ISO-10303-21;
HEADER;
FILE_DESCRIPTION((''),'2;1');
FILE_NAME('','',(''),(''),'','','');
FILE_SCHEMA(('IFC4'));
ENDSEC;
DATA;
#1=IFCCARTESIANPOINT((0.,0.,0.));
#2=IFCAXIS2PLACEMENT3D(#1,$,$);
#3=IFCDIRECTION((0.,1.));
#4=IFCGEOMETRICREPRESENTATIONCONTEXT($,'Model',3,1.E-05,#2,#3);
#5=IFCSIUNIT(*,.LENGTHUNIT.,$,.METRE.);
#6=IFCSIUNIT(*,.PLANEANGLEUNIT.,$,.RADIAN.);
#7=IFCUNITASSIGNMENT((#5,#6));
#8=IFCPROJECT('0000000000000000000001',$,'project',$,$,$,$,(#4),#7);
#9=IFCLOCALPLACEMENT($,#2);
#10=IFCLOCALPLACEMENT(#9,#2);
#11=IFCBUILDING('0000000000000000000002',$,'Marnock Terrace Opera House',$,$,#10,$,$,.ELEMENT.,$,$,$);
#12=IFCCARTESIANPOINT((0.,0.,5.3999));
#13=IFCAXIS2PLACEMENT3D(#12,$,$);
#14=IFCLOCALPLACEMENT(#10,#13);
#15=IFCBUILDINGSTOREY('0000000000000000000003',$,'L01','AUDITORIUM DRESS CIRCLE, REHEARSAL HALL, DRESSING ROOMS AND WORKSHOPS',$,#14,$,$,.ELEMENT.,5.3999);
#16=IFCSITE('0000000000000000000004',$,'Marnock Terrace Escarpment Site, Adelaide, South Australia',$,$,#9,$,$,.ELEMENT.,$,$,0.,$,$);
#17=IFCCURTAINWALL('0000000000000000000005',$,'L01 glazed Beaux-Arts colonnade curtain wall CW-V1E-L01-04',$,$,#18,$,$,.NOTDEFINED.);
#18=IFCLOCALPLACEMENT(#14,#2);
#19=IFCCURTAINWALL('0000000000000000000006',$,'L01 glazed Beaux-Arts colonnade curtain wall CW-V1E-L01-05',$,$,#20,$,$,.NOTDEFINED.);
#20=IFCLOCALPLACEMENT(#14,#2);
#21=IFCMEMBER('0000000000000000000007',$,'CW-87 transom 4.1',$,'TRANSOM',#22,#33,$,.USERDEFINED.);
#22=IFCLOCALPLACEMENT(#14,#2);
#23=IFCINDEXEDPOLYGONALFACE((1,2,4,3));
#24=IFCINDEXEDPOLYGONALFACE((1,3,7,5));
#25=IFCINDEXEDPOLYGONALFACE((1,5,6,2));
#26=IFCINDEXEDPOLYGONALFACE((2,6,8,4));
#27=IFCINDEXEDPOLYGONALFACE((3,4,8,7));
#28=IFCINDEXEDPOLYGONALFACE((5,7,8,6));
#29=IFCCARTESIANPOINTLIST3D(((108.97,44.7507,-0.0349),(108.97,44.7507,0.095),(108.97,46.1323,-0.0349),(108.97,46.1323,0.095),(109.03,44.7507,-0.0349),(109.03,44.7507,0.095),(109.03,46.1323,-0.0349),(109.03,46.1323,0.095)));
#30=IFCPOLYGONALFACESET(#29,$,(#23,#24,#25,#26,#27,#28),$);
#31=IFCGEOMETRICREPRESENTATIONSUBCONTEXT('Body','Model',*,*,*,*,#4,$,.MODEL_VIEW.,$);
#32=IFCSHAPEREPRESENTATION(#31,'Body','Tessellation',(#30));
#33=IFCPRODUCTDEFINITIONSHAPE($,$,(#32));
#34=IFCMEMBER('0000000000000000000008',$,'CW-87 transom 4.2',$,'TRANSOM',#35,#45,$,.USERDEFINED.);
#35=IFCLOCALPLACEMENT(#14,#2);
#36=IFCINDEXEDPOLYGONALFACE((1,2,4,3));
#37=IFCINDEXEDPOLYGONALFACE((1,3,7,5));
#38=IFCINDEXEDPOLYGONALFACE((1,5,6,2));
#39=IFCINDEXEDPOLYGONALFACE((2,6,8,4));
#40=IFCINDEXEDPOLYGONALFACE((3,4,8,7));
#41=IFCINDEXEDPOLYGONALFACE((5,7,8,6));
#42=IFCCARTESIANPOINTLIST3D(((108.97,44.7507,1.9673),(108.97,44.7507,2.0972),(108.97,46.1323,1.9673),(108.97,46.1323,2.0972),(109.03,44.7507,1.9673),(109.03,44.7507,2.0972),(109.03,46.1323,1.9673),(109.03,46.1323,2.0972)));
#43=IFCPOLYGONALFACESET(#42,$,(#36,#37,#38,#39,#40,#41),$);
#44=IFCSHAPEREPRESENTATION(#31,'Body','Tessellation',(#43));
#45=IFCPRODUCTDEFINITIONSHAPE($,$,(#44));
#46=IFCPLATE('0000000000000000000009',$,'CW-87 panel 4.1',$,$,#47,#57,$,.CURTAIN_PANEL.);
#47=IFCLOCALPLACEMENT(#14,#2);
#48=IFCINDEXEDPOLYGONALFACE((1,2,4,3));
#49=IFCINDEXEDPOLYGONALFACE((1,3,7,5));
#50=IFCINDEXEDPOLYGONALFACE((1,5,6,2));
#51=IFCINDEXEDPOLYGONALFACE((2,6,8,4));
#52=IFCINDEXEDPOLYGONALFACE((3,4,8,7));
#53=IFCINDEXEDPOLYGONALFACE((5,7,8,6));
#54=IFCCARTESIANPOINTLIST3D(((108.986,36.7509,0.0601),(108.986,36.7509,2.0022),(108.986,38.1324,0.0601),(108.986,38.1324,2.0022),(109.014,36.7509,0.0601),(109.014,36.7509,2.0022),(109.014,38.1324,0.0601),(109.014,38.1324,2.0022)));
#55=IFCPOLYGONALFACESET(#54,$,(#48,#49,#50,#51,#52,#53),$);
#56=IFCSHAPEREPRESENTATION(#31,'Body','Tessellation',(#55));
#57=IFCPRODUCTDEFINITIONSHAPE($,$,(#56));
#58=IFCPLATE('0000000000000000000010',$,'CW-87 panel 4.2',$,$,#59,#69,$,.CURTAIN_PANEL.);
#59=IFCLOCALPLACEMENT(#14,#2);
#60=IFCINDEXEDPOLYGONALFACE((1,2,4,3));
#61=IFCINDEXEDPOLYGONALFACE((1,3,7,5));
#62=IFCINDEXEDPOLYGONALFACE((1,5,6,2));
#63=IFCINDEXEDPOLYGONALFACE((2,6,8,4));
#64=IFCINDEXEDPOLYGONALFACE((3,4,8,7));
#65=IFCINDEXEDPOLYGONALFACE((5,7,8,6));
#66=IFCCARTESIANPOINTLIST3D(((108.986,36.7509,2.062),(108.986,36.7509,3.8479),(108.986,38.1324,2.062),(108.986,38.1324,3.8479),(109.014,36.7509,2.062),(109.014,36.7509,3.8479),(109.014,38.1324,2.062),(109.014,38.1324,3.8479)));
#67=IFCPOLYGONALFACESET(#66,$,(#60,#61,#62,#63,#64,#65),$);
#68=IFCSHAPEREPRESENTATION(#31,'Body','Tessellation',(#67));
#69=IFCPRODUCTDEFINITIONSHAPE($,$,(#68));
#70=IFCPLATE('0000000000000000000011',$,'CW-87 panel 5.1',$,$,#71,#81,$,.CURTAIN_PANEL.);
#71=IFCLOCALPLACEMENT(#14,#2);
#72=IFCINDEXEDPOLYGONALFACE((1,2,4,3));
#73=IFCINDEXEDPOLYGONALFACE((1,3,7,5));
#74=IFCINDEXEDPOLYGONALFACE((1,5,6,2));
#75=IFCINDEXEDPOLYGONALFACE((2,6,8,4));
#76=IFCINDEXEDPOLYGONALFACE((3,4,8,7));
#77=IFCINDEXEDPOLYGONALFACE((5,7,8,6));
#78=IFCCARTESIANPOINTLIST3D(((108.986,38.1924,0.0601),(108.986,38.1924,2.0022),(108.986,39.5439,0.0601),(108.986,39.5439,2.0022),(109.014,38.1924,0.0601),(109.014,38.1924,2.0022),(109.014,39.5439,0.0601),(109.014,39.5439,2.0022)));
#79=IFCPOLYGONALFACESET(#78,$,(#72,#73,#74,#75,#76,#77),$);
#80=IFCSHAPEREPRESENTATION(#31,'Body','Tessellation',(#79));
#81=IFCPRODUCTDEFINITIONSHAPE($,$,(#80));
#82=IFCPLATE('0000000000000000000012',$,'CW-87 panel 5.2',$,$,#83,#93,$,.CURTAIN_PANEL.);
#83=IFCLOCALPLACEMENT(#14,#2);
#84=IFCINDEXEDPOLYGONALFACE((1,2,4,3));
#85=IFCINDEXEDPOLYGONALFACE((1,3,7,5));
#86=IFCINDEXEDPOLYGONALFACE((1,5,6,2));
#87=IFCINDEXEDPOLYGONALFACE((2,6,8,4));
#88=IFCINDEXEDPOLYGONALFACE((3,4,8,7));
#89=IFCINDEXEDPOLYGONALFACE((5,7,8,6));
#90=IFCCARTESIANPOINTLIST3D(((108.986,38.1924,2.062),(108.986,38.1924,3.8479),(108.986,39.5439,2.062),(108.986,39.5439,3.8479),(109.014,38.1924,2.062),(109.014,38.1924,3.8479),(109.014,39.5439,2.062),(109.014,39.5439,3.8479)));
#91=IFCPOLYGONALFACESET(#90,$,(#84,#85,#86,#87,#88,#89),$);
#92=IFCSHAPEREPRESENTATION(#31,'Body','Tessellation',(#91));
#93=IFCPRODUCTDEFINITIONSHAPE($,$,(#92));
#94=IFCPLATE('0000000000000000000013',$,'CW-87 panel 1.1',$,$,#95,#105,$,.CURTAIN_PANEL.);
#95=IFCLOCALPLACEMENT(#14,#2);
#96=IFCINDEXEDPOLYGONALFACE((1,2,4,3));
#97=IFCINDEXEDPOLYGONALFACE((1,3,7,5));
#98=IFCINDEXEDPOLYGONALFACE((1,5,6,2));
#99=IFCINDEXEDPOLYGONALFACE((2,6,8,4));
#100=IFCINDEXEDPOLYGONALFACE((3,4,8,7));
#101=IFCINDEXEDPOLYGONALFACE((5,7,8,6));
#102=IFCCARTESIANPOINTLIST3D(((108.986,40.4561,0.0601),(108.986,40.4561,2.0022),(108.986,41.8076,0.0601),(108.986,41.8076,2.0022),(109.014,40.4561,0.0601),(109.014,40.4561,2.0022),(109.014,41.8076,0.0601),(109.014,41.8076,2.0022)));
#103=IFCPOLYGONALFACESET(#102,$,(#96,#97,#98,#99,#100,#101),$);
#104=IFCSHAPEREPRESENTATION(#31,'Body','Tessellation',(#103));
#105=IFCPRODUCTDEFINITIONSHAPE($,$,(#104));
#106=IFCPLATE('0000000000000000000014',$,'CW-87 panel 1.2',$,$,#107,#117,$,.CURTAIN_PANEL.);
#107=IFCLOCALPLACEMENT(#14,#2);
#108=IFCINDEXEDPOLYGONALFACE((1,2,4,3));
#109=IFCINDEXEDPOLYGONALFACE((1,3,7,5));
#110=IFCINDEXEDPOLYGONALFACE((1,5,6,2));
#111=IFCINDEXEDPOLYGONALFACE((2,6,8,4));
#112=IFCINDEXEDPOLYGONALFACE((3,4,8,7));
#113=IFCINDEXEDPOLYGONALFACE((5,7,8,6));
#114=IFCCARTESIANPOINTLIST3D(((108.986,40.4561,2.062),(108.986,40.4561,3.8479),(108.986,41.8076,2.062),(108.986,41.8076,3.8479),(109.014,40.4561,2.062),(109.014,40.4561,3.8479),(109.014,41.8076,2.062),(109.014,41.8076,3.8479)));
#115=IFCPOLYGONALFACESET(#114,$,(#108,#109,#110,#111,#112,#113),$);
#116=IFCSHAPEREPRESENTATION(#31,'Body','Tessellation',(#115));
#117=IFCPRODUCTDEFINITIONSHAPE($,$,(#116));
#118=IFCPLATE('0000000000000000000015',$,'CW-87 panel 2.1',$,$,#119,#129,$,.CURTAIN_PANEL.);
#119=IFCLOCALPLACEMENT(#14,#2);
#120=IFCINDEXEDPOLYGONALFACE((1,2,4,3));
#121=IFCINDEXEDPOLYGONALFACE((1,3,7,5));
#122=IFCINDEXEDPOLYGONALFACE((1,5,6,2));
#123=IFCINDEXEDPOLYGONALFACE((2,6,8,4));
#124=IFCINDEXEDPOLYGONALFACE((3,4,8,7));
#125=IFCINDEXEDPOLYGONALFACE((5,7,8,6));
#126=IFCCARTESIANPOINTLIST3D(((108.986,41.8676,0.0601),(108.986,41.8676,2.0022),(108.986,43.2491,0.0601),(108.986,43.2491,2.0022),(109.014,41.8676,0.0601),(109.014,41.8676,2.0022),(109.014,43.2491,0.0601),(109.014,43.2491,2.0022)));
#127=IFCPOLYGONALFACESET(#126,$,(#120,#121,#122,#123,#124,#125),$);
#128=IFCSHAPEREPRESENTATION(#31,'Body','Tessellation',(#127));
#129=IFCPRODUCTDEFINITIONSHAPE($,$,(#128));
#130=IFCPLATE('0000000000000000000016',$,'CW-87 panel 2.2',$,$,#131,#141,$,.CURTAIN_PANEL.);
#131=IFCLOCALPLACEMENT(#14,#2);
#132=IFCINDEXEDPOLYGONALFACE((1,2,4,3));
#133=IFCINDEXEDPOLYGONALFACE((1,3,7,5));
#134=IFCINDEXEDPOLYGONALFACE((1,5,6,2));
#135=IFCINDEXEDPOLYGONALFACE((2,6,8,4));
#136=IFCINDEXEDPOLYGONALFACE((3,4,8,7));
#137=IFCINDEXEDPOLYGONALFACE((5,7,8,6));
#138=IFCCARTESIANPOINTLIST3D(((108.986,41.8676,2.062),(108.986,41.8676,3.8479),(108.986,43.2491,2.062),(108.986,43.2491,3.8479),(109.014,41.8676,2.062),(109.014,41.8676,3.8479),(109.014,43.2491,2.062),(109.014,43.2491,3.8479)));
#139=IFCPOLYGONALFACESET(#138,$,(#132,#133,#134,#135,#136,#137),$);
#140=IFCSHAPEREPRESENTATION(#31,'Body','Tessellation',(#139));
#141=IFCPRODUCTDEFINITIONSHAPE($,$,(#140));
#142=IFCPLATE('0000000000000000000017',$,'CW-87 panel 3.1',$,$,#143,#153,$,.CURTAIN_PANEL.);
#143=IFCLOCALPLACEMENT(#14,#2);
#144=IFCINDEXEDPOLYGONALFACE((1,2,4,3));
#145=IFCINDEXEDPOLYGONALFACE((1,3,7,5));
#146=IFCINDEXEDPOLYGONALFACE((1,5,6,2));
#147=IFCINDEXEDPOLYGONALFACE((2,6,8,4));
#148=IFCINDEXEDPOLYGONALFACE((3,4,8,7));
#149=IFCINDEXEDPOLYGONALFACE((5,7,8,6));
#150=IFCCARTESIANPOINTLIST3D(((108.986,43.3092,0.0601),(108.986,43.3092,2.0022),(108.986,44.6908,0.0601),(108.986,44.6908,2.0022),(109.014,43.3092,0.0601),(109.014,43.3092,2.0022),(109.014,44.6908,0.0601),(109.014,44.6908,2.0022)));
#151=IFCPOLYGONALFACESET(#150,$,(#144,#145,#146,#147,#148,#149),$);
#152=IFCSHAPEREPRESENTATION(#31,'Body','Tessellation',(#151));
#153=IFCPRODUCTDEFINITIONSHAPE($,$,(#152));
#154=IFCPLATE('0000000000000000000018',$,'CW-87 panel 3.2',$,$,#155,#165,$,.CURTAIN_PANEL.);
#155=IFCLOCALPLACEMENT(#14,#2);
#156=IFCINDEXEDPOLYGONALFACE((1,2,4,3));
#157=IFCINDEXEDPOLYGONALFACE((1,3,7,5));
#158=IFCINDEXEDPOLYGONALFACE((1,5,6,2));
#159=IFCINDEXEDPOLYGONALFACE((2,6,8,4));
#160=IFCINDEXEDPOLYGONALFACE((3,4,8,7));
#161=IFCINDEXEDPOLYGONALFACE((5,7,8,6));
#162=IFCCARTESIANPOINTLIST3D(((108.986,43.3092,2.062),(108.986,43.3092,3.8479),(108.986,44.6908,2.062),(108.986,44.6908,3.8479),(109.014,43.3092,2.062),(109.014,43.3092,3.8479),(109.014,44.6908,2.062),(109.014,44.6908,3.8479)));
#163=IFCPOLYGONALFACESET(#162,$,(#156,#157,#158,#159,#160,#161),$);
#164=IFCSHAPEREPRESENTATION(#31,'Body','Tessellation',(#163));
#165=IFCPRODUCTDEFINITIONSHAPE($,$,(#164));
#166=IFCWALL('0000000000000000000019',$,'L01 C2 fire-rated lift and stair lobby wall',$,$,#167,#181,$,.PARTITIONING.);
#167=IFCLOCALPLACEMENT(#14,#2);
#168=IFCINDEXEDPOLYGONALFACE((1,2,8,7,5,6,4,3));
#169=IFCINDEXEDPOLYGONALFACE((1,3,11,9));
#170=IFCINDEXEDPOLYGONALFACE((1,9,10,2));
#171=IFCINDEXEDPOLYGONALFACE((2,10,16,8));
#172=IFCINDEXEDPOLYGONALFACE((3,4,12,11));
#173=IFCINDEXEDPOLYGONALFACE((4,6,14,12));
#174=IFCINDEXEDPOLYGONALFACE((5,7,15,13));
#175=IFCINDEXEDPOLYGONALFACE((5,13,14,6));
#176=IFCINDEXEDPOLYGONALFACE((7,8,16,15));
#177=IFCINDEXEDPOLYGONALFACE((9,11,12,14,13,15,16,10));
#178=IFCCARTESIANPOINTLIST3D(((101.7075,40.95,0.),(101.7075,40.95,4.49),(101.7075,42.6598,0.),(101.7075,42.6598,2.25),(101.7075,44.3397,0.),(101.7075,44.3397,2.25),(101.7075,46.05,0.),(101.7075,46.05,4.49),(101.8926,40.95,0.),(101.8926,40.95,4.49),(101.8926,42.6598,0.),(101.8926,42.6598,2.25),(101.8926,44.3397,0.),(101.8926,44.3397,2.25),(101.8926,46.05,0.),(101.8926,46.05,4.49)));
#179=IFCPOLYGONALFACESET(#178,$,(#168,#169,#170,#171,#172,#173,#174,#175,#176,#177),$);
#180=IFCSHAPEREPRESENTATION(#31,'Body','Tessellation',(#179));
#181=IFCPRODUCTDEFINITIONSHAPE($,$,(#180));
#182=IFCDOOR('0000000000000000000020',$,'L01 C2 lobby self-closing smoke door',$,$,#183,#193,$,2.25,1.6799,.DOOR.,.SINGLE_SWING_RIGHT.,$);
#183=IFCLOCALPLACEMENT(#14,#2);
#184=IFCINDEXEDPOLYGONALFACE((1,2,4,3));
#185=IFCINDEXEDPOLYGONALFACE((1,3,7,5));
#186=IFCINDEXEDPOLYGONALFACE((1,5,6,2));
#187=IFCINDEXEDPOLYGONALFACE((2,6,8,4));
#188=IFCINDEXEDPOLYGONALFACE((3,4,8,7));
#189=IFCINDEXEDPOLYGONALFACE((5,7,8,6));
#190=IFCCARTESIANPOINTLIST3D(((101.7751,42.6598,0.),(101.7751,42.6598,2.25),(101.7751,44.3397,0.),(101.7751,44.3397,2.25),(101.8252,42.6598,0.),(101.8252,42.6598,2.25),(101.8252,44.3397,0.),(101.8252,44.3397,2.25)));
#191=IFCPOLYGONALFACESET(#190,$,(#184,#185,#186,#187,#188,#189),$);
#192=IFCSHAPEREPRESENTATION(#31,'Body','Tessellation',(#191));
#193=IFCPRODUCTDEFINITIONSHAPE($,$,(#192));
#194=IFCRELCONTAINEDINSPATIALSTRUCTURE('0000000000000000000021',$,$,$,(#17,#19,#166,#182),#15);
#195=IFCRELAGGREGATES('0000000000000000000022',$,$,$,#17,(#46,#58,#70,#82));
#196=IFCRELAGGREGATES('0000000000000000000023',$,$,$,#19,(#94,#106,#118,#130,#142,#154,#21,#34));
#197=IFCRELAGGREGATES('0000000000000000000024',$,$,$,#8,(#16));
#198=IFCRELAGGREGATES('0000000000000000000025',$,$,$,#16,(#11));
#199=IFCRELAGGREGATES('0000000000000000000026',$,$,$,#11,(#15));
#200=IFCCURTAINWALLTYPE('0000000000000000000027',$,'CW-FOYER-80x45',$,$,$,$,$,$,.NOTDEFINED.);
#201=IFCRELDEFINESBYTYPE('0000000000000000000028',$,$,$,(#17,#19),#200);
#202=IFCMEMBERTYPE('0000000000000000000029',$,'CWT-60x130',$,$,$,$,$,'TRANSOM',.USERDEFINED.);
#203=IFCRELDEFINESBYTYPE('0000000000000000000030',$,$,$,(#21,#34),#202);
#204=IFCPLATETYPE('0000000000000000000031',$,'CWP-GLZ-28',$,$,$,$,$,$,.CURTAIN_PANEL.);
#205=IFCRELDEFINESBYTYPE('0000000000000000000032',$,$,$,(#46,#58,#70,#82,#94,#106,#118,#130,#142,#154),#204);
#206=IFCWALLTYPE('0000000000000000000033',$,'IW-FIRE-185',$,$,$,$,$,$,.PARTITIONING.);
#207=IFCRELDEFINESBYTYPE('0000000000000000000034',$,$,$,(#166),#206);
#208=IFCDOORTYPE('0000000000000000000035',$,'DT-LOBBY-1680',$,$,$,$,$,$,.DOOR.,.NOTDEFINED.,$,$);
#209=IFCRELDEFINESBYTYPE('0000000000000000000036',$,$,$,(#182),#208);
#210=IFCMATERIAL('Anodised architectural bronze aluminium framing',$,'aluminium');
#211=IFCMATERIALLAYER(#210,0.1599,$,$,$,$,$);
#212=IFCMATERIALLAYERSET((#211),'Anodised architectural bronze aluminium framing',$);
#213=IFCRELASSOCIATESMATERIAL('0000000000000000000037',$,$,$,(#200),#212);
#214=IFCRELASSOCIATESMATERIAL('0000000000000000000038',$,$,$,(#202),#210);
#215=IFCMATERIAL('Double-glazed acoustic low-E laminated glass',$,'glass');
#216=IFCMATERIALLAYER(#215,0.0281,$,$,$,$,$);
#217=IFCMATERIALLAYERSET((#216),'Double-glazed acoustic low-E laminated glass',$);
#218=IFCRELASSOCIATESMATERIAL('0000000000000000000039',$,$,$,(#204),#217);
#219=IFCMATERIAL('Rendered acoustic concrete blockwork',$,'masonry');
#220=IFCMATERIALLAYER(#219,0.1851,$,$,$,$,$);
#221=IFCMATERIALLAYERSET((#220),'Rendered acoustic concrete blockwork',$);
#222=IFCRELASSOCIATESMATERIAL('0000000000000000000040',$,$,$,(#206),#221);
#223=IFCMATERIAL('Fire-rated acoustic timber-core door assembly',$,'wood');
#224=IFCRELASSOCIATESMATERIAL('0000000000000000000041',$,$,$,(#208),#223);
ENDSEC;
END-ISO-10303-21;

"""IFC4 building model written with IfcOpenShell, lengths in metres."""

from ifc_helpers import new_model, si_unit, direction, frame, frame_2d, origin, origin_2d, place, context, subcontext, project, spatial, rectangle, extrude, material, layer, layer_set, material_profile, profile_set, type_object, element, fill, aggregate, save


model = new_model("IFC4")

# Units and contexts
model_context = context("Model", 3, precision=1e-05, world=origin(), true_north=direction((0.0, 1.0)))
body_context = subcontext(model_context, "Body", "Model", "MODEL_VIEW")
ifc_project = project(units=[si_unit("LENGTHUNIT", "METRE"), si_unit("PLANEANGLEUNIT", "RADIAN")], contexts=[model_context])

# Site, building, storey
site_placement = place(None, origin())
site = spatial("IfcSite", under=ifc_project, at=site_placement, Name="Marnock Terrace Escarpment Site, Adelaide, South Australia", CompositionType="ELEMENT", RefElevation=0.0)
building_placement = place(site_placement, origin())
building = spatial("IfcBuilding", under=site, at=building_placement, Name="Marnock Terrace Opera House", CompositionType="ELEMENT")
storey_placement = place(building_placement, frame((0.0, 0.0, 5.3999)))
storey = spatial("IfcBuildingStorey", under=building, at=storey_placement, Name="L01", Description="AUDITORIUM DRESS CIRCLE, REHEARSAL HALL, DRESSING ROOMS AND WORKSHOPS", CompositionType="ELEMENT", Elevation=5.3999)

# Curtain walls
ifc_material_1 = material(Name="Anodised architectural bronze aluminium framing", Category="aluminium")
ifc_layer_1 = layer(ifc_material_1, 0.1599)
ifc_layer_set_1 = layer_set([ifc_layer_1], Name="Anodised architectural bronze aluminium framing")
curtain_wall_type = type_object("IfcCurtainWallType", Name="CW-FOYER-80x45", PredefinedType="NOTDEFINED", material=ifc_layer_set_1)
curtain_wall_1_placement = place(storey_placement, origin())
curtain_wall_1 = element("IfcCurtainWall", 1, at=curtain_wall_1_placement, inside=storey, type_object=curtain_wall_type, Name="L01 glazed Beaux-Arts colonnade curtain wall CW-V1E-L01-04", PredefinedType="NOTDEFINED")
curtain_wall_2_placement = place(storey_placement, origin())
curtain_wall_2 = element("IfcCurtainWall", 2, at=curtain_wall_2_placement, inside=storey, type_object=curtain_wall_type, Name="L01 glazed Beaux-Arts colonnade curtain wall CW-V1E-L01-05", PredefinedType="NOTDEFINED")

# Members
ifc_material_profile_1 = material_profile(ifc_material_1, rectangle(XDim=0.0601, YDim=0.1299, at=origin_2d()))
ifc_profile_set_1 = profile_set([ifc_material_profile_1], Name="Anodised architectural bronze aluminium framing")
member_type_1 = type_object("IfcMemberType", Name="CWT-60x130", ElementType="TRANSOM", PredefinedType="USERDEFINED", material=ifc_profile_set_1)
member_1_placement = place(storey_placement, frame((109.0, 44.7507, 0.03), z_axis=(0.0, 1.0, 0.0), x_axis=(-1.0, 0.0, 0.0)))
member_1 = element("IfcMember", 3, at=member_1_placement, type_object=member_type_1, Name="CW-87 transom 4.1", ObjectType="TRANSOM", PredefinedType="USERDEFINED", context=body_context, shape_type="SweptSolid", body=[
    extrude(rectangle(XDim=0.0601, YDim=0.1299, at=origin_2d()), origin(), (0.0, 0.0, 1.0), 1.3816),
])
member_2_placement = place(storey_placement, frame((109.0, 44.7507, 2.0322), z_axis=(0.0, 1.0, 0.0), x_axis=(-1.0, 0.0, 0.0)))
member_2 = element("IfcMember", 4, at=member_2_placement, type_object=member_type_1, Name="CW-87 transom 4.2", ObjectType="TRANSOM", PredefinedType="USERDEFINED", context=body_context, shape_type="SweptSolid", body=[
    extrude(rectangle(XDim=0.0601, YDim=0.1299, at=origin_2d()), origin(), (0.0, 0.0, 1.0), 1.3816),
])

# Plates
ifc_material_2 = material(Name="Double-glazed acoustic low-E laminated glass", Category="glass")
ifc_layer_2 = layer(ifc_material_2, 0.0281)
ifc_layer_set_2 = layer_set([ifc_layer_2], Name="Double-glazed acoustic low-E laminated glass")
plate_type = type_object("IfcPlateType", Name="CWP-GLZ-28", PredefinedType="CURTAIN_PANEL", material=ifc_layer_set_2)
plate_1_placement = place(storey_placement, frame((109.0, 37.4417, 0.0601), z_axis=(0.0, 0.0, 1.0), x_axis=(0.0, 1.0, 0.0)))
plate_1 = element("IfcPlate", 5, at=plate_1_placement, type_object=plate_type, Name="CW-87 panel 4.1", PredefinedType="CURTAIN_PANEL", context=body_context, shape_type="SweptSolid", body=[
    extrude(rectangle(XDim=1.3816, YDim=0.0281, at=origin_2d()), origin(), (0.0, 0.0, 1.0), 1.9421),
])
plate_2_placement = place(storey_placement, frame((109.0, 37.4417, 2.062), z_axis=(0.0, 0.0, 1.0), x_axis=(0.0, 1.0, 0.0)))
plate_2 = element("IfcPlate", 6, at=plate_2_placement, type_object=plate_type, Name="CW-87 panel 4.2", PredefinedType="CURTAIN_PANEL", context=body_context, shape_type="SweptSolid", body=[
    extrude(rectangle(XDim=1.3816, YDim=0.0281, at=origin_2d()), origin(), (0.0, 0.0, 1.0), 1.7859),
])
plate_3_placement = place(storey_placement, frame((109.0, 38.8682, 0.0601), z_axis=(0.0, 0.0, 1.0), x_axis=(0.0, 1.0, 0.0)))
plate_3 = element("IfcPlate", 7, at=plate_3_placement, type_object=plate_type, Name="CW-87 panel 5.1", PredefinedType="CURTAIN_PANEL", context=body_context, shape_type="SweptSolid", body=[
    extrude(rectangle(XDim=1.3516, YDim=0.0281, at=origin_2d()), origin(), (0.0, 0.0, 1.0), 1.9421),
])
plate_4_placement = place(storey_placement, frame((109.0, 38.8682, 2.062), z_axis=(0.0, 0.0, 1.0), x_axis=(0.0, 1.0, 0.0)))
plate_4 = element("IfcPlate", 8, at=plate_4_placement, type_object=plate_type, Name="CW-87 panel 5.2", PredefinedType="CURTAIN_PANEL", context=body_context, shape_type="SweptSolid", body=[
    extrude(rectangle(XDim=1.3516, YDim=0.0281, at=origin_2d()), origin(), (0.0, 0.0, 1.0), 1.7859),
])
aggregate(curtain_wall_1, [plate_1, plate_2, plate_3, plate_4])
plate_5_placement = place(storey_placement, frame((109.0, 41.1318, 0.0601), z_axis=(0.0, 0.0, 1.0), x_axis=(0.0, 1.0, 0.0)))
plate_5 = element("IfcPlate", 9, at=plate_5_placement, type_object=plate_type, Name="CW-87 panel 1.1", PredefinedType="CURTAIN_PANEL", context=body_context, shape_type="SweptSolid", body=[
    extrude(rectangle(XDim=1.3516, YDim=0.0281, at=origin_2d()), origin(), (0.0, 0.0, 1.0), 1.9421),
])
plate_6_placement = place(storey_placement, frame((109.0, 41.1318, 2.062), z_axis=(0.0, 0.0, 1.0), x_axis=(0.0, 1.0, 0.0)))
plate_6 = element("IfcPlate", 10, at=plate_6_placement, type_object=plate_type, Name="CW-87 panel 1.2", PredefinedType="CURTAIN_PANEL", context=body_context, shape_type="SweptSolid", body=[
    extrude(rectangle(XDim=1.3516, YDim=0.0281, at=origin_2d()), origin(), (0.0, 0.0, 1.0), 1.7859),
])
plate_7_placement = place(storey_placement, frame((109.0, 42.5583, 0.0601), z_axis=(0.0, 0.0, 1.0), x_axis=(0.0, 1.0, 0.0)))
plate_7 = element("IfcPlate", 11, at=plate_7_placement, type_object=plate_type, Name="CW-87 panel 2.1", PredefinedType="CURTAIN_PANEL", context=body_context, shape_type="SweptSolid", body=[
    extrude(rectangle(XDim=1.3816, YDim=0.0281, at=origin_2d()), origin(), (0.0, 0.0, 1.0), 1.9421),
])
plate_8_placement = place(storey_placement, frame((109.0, 42.5583, 2.062), z_axis=(0.0, 0.0, 1.0), x_axis=(0.0, 1.0, 0.0)))
plate_8 = element("IfcPlate", 12, at=plate_8_placement, type_object=plate_type, Name="CW-87 panel 2.2", PredefinedType="CURTAIN_PANEL", context=body_context, shape_type="SweptSolid", body=[
    extrude(rectangle(XDim=1.3816, YDim=0.0281, at=origin_2d()), origin(), (0.0, 0.0, 1.0), 1.7859),
])
plate_9_placement = place(storey_placement, frame((109.0, 44.0, 0.0601), z_axis=(0.0, 0.0, 1.0), x_axis=(0.0, 1.0, 0.0)))
plate_9 = element("IfcPlate", 13, at=plate_9_placement, type_object=plate_type, Name="CW-87 panel 3.1", PredefinedType="CURTAIN_PANEL", context=body_context, shape_type="SweptSolid", body=[
    extrude(rectangle(XDim=1.3816, YDim=0.0281, at=origin_2d()), origin(), (0.0, 0.0, 1.0), 1.9421),
])
plate_10_placement = place(storey_placement, frame((109.0, 44.0, 2.062), z_axis=(0.0, 0.0, 1.0), x_axis=(0.0, 1.0, 0.0)))
plate_10 = element("IfcPlate", 14, at=plate_10_placement, type_object=plate_type, Name="CW-87 panel 3.2", PredefinedType="CURTAIN_PANEL", context=body_context, shape_type="SweptSolid", body=[
    extrude(rectangle(XDim=1.3816, YDim=0.0281, at=origin_2d()), origin(), (0.0, 0.0, 1.0), 1.7859),
])
aggregate(curtain_wall_2, [plate_5, plate_6, plate_7, plate_8, plate_9, plate_10, member_1, member_2])

# Wall, opening, door
ifc_material_3 = material(Name="Rendered acoustic concrete blockwork", Category="masonry")
ifc_layer_3 = layer(ifc_material_3, 0.1851)
ifc_layer_set_3 = layer_set([ifc_layer_3], Name="Rendered acoustic concrete blockwork")
wall_type = type_object("IfcWallType", Name="IW-FIRE-185", PredefinedType="PARTITIONING", material=ifc_layer_set_3)
wall_placement = place(storey_placement, frame((101.8, 40.95, 0.0), z_axis=(0.0, 0.0, 1.0), x_axis=(0.0, 1.0, 0.0)))
wall = element("IfcWall", 15, at=wall_placement, inside=storey, type_object=wall_type, Name="L01 C2 fire-rated lift and stair lobby wall", PredefinedType="PARTITIONING", context=body_context, shape_type="SweptSolid", body=[
    extrude(rectangle(XDim=5.1001, YDim=0.1851, at=frame_2d((2.55, 0.0))), origin(), (0.0, 0.0, 1.0), 4.49),
])
opening_placement = place(wall_placement, frame((1.71, 0.0, 0.0)))
opening = element("IfcOpeningElement", 16, at=opening_placement, cuts=wall, PredefinedType="OPENING", context=body_context, shape_type="SweptSolid", body=[
    extrude(rectangle(XDim=1.6799, YDim=2.25, at=frame_2d((0.8398, 1.125))), frame((0.0, 0.1025, 0.0), z_axis=(0.0, -1.0, 0.0), x_axis=(1.0, 0.0, 0.0)), (0.0, 0.0, 1.0), 0.2051),
])
ifc_material_4 = material(Name="Fire-rated acoustic timber-core door assembly", Category="wood")
door_type = type_object("IfcDoorType", Name="DT-LOBBY-1680", OperationType="NOTDEFINED", PredefinedType="DOOR", material=ifc_material_4)
door_placement = place(opening_placement, origin())
door = element("IfcDoor", 17, at=door_placement, inside=storey, type_object=door_type, Name="L01 C2 lobby self-closing smoke door", OperationType="SINGLE_SWING_RIGHT", OverallHeight=2.25, OverallWidth=1.6799, PredefinedType="DOOR", context=body_context, shape_type="SweptSolid", body=[
    extrude(rectangle(XDim=1.6799, YDim=2.25, at=frame_2d((0.8398, 1.125))), frame((0.0, 0.0249, 0.0), z_axis=(0.0, -1.0, 0.0), x_axis=(1.0, 0.0, 0.0)), (0.0, 0.0, 1.0), 0.05),
])
fill(opening, door)

save(model, "model.ifc")
